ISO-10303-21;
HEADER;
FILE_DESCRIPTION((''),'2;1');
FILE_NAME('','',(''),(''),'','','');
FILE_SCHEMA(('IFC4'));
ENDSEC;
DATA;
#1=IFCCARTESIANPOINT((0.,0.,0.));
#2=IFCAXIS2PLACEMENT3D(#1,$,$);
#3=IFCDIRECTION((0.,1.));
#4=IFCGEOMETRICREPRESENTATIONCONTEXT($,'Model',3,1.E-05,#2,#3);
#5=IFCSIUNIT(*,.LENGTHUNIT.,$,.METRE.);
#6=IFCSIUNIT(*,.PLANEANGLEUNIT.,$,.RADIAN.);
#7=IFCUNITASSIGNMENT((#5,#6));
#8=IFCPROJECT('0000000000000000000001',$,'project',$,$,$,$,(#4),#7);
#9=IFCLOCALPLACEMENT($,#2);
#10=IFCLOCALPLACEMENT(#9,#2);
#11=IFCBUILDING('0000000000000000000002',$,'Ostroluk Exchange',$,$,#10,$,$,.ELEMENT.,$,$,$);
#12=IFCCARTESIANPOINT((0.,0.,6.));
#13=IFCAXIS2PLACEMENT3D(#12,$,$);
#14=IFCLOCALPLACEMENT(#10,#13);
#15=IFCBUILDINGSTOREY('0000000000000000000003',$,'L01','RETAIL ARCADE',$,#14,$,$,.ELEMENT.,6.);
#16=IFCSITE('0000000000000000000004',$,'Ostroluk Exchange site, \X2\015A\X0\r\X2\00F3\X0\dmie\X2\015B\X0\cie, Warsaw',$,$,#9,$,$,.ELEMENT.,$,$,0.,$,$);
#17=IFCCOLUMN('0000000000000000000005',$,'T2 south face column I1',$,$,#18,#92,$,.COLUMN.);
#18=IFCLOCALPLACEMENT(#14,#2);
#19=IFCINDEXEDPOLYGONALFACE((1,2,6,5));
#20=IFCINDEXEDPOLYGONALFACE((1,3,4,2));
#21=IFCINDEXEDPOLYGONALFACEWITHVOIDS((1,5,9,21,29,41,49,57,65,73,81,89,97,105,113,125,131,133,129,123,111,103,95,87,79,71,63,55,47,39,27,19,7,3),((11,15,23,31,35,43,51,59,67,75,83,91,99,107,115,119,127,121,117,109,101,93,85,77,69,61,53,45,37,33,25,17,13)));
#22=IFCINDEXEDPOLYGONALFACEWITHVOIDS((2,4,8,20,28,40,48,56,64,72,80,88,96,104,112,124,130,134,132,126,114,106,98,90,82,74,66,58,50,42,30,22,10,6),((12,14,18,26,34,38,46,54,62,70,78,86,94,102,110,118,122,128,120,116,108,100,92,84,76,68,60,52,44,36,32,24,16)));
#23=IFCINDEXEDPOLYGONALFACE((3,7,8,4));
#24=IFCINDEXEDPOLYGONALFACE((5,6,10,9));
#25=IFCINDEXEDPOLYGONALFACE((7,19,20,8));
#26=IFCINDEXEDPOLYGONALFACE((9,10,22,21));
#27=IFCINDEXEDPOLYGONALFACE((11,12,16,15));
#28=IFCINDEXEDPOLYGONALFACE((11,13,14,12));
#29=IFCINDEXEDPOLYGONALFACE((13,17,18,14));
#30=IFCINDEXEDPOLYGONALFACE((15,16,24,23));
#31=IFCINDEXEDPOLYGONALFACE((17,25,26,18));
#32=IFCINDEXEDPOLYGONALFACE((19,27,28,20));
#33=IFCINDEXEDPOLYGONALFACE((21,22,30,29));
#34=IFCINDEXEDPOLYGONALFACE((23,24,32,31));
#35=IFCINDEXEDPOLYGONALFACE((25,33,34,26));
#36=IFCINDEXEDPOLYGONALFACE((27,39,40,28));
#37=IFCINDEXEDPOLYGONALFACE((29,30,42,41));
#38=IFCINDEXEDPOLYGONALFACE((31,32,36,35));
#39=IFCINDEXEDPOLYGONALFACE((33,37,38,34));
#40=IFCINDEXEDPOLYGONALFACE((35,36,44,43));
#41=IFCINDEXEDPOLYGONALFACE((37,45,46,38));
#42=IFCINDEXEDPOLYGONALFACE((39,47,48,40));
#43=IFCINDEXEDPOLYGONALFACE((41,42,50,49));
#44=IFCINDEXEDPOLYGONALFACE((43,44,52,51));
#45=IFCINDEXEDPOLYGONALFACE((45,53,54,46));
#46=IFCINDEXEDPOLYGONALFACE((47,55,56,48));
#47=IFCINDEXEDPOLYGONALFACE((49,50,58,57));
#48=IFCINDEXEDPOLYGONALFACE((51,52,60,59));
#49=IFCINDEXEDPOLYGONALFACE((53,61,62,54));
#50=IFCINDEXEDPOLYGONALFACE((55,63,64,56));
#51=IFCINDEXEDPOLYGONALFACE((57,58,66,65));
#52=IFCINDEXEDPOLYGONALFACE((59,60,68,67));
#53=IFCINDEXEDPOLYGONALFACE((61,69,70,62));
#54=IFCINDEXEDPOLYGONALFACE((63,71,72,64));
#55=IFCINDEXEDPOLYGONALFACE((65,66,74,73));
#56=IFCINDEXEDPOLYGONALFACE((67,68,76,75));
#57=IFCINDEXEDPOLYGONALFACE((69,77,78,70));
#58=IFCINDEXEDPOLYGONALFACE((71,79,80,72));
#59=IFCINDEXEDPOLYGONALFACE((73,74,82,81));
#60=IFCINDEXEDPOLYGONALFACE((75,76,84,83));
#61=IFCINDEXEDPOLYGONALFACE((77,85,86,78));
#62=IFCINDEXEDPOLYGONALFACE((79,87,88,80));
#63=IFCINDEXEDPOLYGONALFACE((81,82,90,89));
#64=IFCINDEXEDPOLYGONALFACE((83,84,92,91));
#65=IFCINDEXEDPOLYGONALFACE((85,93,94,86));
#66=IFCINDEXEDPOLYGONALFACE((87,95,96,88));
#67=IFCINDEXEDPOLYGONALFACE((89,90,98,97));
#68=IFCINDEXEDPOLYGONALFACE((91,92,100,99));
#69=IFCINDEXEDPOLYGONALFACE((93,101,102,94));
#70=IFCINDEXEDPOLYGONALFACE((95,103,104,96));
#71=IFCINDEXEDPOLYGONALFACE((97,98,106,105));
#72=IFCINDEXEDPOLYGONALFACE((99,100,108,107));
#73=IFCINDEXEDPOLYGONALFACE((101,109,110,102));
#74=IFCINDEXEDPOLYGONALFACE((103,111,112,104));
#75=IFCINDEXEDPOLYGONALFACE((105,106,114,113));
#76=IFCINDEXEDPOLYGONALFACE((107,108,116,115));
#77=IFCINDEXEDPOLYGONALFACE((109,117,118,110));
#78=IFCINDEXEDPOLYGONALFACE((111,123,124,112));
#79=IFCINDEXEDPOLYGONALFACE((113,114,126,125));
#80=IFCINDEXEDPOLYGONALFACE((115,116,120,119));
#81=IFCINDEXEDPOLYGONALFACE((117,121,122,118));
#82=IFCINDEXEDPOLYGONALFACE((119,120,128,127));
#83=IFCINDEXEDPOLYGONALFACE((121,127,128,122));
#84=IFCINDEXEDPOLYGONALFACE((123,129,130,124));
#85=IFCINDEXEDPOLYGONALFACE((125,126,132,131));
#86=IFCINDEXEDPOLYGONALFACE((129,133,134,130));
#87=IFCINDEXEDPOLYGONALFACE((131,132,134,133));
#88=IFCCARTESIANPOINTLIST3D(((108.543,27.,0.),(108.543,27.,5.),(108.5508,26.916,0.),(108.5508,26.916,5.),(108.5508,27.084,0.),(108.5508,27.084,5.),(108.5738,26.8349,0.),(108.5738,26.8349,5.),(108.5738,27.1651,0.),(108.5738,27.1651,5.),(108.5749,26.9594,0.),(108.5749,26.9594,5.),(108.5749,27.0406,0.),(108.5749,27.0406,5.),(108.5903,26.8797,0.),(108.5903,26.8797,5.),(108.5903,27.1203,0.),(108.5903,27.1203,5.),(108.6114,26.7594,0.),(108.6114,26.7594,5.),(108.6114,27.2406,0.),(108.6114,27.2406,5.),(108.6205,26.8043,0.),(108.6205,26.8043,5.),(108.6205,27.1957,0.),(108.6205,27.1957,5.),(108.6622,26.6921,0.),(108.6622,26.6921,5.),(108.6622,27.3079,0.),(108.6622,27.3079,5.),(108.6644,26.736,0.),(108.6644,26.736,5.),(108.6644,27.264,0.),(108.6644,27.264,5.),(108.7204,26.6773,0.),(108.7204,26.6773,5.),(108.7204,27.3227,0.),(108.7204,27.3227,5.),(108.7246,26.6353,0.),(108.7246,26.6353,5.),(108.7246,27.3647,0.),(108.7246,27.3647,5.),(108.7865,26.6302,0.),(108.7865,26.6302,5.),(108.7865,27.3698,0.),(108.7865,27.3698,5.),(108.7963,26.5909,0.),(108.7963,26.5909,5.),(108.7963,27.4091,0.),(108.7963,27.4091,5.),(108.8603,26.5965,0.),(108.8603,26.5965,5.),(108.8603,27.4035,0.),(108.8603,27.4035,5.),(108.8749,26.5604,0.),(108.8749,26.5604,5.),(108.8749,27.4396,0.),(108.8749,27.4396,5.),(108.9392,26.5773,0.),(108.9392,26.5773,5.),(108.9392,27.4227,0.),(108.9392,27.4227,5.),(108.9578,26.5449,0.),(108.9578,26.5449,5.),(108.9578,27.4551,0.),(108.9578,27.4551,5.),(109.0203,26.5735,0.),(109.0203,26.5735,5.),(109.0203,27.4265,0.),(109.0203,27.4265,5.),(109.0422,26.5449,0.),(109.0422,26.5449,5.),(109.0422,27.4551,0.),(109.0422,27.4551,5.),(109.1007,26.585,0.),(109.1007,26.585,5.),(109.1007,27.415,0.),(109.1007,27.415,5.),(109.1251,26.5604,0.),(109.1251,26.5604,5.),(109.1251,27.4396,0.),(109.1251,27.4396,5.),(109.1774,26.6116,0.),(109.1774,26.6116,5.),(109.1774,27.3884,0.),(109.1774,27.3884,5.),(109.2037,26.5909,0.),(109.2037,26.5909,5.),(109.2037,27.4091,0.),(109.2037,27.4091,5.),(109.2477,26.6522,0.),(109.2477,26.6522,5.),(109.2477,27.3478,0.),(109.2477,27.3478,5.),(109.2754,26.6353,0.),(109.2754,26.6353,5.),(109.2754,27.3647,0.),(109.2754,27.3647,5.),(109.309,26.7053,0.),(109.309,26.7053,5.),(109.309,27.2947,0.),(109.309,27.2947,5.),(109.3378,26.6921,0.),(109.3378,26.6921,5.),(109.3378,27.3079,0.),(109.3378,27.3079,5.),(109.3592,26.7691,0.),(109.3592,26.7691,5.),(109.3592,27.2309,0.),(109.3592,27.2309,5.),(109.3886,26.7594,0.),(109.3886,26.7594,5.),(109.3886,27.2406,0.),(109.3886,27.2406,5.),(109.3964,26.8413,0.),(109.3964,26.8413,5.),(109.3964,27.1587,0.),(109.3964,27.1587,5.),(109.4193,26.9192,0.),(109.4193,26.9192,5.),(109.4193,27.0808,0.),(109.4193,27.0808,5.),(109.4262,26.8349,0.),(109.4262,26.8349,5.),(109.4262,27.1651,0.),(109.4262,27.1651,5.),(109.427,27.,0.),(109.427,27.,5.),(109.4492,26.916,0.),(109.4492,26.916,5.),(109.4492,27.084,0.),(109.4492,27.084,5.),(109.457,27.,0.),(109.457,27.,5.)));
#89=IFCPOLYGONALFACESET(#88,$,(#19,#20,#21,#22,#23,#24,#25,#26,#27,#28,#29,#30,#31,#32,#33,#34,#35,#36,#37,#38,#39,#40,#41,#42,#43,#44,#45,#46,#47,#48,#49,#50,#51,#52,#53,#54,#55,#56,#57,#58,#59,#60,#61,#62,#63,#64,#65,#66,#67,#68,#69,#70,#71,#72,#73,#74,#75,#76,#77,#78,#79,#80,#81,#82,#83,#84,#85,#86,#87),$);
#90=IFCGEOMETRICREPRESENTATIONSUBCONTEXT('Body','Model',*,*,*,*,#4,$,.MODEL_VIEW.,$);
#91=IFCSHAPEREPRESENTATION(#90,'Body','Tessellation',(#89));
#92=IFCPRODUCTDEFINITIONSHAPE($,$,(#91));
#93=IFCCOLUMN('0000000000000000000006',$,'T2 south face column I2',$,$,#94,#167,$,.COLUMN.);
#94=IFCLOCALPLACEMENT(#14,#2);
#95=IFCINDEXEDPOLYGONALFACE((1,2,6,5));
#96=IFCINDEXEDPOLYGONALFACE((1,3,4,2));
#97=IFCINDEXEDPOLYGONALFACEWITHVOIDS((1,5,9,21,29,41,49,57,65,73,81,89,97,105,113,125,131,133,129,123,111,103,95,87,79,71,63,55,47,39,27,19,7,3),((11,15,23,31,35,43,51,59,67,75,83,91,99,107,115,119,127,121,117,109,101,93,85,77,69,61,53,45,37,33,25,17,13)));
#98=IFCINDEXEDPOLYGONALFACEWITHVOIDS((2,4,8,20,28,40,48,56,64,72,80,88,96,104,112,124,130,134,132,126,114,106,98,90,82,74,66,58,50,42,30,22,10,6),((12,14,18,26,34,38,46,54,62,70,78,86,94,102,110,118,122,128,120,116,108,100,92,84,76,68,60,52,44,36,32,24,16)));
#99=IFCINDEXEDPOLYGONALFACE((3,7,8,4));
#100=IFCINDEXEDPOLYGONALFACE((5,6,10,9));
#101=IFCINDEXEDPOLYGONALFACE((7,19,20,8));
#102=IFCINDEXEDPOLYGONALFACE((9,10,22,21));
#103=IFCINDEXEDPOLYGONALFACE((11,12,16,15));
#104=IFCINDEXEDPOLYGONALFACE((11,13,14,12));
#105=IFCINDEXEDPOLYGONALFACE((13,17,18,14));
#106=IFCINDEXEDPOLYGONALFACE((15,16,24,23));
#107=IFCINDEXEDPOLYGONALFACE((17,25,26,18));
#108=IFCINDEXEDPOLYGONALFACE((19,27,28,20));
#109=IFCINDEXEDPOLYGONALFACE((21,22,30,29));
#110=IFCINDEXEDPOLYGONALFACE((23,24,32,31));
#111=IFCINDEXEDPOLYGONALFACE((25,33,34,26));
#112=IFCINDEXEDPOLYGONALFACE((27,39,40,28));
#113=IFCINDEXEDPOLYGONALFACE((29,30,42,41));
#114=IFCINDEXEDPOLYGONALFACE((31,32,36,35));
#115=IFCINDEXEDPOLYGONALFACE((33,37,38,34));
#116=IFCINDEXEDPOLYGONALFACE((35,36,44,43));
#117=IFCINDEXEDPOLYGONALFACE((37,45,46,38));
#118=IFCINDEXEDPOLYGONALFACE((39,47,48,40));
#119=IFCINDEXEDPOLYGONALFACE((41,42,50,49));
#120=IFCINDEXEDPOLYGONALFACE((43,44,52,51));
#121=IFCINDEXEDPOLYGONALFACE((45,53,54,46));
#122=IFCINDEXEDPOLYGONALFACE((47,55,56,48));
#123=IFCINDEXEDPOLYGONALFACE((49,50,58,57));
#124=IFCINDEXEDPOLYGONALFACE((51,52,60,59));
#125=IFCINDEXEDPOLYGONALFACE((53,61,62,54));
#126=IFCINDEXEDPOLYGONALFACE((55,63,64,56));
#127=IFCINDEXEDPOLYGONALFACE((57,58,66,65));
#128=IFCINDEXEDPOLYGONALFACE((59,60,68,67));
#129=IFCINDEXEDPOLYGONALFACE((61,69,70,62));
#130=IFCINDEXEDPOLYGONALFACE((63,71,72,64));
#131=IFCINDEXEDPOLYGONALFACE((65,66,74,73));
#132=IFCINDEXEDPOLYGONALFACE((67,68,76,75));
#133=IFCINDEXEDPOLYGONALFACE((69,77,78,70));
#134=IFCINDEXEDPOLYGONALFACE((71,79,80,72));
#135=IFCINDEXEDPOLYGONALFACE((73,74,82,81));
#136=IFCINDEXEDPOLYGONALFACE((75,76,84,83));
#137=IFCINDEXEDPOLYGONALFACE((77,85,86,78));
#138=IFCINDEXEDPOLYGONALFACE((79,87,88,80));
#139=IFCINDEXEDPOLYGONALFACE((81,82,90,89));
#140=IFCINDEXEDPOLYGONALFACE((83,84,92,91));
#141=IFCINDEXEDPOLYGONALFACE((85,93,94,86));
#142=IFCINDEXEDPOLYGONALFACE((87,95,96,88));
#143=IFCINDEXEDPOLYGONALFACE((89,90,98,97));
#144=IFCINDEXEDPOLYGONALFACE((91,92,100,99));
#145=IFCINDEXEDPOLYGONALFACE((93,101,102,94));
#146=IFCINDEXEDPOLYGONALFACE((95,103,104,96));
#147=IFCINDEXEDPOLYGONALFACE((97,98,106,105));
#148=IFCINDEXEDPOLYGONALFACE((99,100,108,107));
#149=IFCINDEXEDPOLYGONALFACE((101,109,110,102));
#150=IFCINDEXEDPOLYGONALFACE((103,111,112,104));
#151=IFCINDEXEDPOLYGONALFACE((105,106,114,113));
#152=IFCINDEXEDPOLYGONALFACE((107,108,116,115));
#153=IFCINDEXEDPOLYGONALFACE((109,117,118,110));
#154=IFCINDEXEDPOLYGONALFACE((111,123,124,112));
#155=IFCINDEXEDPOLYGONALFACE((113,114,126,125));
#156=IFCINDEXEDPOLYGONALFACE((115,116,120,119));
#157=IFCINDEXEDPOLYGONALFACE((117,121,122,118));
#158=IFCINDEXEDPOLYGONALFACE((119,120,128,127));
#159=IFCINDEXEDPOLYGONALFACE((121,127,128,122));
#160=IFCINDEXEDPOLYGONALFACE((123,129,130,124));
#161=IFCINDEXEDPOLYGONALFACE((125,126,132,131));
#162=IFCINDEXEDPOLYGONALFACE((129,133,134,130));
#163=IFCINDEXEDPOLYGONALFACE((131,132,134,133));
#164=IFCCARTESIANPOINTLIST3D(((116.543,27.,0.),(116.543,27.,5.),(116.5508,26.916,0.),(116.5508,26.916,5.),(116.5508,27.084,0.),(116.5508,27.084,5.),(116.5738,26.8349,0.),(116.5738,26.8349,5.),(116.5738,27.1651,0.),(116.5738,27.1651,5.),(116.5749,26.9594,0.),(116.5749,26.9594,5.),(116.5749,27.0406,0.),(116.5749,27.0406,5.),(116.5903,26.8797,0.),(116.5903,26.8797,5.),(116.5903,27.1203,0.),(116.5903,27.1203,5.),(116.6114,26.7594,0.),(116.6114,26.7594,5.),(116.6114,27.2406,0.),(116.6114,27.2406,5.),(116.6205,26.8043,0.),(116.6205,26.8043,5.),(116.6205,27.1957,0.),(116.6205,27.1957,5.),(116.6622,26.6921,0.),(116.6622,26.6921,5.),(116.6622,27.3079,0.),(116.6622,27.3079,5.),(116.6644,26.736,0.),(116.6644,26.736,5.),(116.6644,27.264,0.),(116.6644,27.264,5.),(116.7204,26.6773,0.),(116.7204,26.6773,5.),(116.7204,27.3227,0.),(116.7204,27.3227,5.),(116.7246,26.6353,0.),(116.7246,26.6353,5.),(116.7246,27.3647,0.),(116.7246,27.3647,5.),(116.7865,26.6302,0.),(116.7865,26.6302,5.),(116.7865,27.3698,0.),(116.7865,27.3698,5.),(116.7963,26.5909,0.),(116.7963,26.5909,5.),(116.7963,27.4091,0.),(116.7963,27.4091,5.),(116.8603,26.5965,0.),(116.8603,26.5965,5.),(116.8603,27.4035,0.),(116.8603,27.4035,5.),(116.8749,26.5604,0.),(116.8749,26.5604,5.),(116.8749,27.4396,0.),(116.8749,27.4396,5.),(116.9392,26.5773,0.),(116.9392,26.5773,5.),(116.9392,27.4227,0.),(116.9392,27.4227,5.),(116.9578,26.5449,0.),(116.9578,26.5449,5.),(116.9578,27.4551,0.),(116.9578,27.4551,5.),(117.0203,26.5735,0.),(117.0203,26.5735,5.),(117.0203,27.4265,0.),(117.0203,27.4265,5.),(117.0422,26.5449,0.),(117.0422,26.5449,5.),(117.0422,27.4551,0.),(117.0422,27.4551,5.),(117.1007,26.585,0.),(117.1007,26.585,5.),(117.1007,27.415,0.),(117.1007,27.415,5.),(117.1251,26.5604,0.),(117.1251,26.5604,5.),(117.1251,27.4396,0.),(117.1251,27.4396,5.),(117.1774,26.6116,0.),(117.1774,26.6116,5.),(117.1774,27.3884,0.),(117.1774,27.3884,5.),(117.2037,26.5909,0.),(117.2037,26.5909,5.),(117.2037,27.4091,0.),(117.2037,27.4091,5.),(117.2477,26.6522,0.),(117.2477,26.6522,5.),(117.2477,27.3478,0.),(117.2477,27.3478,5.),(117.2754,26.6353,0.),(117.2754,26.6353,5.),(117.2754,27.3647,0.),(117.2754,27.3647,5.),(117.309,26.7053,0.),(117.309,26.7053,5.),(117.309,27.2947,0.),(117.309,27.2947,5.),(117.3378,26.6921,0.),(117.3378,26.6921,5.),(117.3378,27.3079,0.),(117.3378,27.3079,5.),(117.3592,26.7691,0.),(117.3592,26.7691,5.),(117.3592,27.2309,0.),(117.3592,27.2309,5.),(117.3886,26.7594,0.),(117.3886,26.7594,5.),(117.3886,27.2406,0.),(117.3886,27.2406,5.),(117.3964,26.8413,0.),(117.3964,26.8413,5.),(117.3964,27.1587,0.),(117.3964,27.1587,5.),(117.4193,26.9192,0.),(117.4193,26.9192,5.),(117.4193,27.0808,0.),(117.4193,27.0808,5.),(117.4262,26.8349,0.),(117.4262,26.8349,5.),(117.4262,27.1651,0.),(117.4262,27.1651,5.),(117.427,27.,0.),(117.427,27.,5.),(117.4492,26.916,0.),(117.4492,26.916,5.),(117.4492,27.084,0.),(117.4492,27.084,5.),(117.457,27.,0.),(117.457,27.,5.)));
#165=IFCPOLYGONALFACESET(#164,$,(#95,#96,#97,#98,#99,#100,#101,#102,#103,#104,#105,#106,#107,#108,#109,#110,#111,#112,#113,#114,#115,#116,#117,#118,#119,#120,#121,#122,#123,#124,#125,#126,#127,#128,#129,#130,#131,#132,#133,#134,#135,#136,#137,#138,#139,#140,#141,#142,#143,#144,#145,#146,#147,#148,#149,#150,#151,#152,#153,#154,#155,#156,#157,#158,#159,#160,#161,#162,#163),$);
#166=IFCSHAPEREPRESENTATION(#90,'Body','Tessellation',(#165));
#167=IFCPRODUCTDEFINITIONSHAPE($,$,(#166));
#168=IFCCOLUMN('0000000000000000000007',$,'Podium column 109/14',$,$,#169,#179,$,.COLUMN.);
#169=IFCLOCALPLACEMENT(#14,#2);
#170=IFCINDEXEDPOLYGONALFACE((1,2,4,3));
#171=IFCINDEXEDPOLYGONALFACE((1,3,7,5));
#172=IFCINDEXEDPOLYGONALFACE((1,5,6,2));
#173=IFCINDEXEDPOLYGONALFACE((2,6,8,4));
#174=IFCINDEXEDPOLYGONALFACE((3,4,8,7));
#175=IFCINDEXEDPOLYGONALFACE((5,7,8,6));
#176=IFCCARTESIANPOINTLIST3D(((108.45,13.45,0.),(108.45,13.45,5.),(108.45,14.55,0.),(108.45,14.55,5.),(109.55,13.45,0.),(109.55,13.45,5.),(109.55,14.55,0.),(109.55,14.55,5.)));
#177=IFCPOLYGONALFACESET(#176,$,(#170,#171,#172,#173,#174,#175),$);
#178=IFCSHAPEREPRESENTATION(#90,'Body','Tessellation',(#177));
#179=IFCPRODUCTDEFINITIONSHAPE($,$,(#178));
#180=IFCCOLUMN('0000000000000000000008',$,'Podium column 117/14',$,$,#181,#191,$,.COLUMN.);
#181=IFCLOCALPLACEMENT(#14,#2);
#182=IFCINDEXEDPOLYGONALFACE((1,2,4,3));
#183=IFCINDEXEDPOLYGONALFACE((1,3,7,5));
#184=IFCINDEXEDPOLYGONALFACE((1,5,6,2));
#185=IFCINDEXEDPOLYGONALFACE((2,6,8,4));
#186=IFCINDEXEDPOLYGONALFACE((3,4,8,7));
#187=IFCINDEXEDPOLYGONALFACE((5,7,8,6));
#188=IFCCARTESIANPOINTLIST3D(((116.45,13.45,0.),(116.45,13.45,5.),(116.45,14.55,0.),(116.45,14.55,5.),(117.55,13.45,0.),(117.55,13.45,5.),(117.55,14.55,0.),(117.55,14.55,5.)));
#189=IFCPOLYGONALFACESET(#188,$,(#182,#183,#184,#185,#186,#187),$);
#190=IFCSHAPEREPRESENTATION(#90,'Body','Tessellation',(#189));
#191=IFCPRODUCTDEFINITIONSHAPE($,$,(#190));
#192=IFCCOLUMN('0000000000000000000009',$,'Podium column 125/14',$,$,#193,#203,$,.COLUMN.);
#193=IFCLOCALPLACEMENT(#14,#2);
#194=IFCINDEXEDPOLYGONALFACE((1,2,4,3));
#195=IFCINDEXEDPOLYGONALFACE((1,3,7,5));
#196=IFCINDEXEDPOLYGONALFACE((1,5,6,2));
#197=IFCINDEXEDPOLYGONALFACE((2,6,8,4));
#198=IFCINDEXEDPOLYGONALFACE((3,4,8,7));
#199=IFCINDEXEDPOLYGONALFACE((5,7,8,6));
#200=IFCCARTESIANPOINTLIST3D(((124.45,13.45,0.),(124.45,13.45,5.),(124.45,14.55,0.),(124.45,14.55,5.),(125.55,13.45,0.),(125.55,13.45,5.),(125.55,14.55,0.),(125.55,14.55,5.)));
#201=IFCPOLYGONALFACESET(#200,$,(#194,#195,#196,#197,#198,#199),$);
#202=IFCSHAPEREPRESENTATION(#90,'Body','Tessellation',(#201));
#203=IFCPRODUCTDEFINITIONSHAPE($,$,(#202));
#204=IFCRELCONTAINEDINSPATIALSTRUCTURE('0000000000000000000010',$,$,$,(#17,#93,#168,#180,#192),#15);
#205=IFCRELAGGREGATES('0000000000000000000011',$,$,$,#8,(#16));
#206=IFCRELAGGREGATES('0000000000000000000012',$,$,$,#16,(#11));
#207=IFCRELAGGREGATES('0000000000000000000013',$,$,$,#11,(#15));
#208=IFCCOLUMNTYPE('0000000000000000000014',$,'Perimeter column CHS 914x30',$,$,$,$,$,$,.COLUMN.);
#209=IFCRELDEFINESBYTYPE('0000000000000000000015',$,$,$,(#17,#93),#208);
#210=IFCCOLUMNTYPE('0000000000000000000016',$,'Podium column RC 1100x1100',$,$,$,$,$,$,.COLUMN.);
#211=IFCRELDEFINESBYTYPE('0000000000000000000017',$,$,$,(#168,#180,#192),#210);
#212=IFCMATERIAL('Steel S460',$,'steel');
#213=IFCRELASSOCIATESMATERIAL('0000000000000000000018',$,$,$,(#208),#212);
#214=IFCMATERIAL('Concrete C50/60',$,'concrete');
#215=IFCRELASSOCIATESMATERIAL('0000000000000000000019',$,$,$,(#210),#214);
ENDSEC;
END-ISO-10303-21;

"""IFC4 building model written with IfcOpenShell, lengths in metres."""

from ifc_helpers import new_model, si_unit, direction, frame, origin, origin_2d, place, context, subcontext, project, spatial, rectangle, hollow_circle, extrude, material, material_profile, profile_set, type_object, element, save


model = new_model("IFC4")

# Units and contexts
model_context = context("Model", 3, precision=1e-05, world=origin(), true_north=direction((0.0, 1.0)))
body_context = subcontext(model_context, "Body", "Model", "MODEL_VIEW")
ifc_project = project(units=[si_unit("LENGTHUNIT", "METRE"), si_unit("PLANEANGLEUNIT", "RADIAN")], contexts=[model_context])

# Site, building, storey
site_placement = place(None, origin())
site = spatial("IfcSite", under=ifc_project, at=site_placement, Name="Ostroluk Exchange site, Śródmieście, Warsaw", CompositionType="ELEMENT", RefElevation=0.0)
building_placement = place(site_placement, origin())
building = spatial("IfcBuilding", under=site, at=building_placement, Name="Ostroluk Exchange", CompositionType="ELEMENT")
storey_placement = place(building_placement, frame((0.0, 0.0, 6.0)))
storey = spatial("IfcBuildingStorey", under=building, at=storey_placement, Name="L01", Description="RETAIL ARCADE", CompositionType="ELEMENT", Elevation=6.0)

# Columns
ifc_material_1 = material(Name="Steel S460", Category="steel")
ifc_material_profile_1 = material_profile(ifc_material_1, hollow_circle(Radius=0.457, WallThickness=0.03, at=origin_2d()), Name="CHS 914x30")
ifc_profile_set_1 = profile_set([ifc_material_profile_1], Name="Steel S460")
column_type_1 = type_object("IfcColumnType", Name="Perimeter column CHS 914x30", PredefinedType="COLUMN", material=ifc_profile_set_1)
for number, where, z_axis, x_axis, name in (
    (1, (109.0, 27.0, 0.0), (0.0, 0.0, 1.0), (1.0, 0.0, 0.0), "T2 south face column I1"),
    (2, (117.0, 27.0, 0.0), (0.0, 0.0, 1.0), (1.0, 0.0, 0.0), "T2 south face column I2"),
):
    element("IfcColumn", number, at=place(storey_placement, frame(where, z_axis=z_axis, x_axis=x_axis)), inside=storey, type_object=column_type_1, Name=name, PredefinedType="COLUMN", context=body_context, shape_type="SweptSolid", body=[
        extrude(hollow_circle(Radius=0.457, WallThickness=0.03, at=origin_2d()), origin(), (0.0, 0.0, 1.0), 5.0),
    ])
ifc_material_2 = material(Name="Concrete C50/60", Category="concrete")
ifc_material_profile_2 = material_profile(ifc_material_2, rectangle(XDim=1.1001, YDim=1.1001, at=origin_2d()), Name="RC 1100x1100")
ifc_profile_set_2 = profile_set([ifc_material_profile_2], Name="Concrete C50/60")
column_type_2 = type_object("IfcColumnType", Name="Podium column RC 1100x1100", PredefinedType="COLUMN", material=ifc_profile_set_2)
for number, where, z_axis, x_axis, name in (
    (3, (109.0, 14.0, 0.0), (0.0, 0.0, 1.0), (1.0, 0.0, 0.0), "Podium column 109/14"),
    (4, (117.0, 14.0, 0.0), (0.0, 0.0, 1.0), (1.0, 0.0, 0.0), "Podium column 117/14"),
    (5, (125.0, 14.0, 0.0), (0.0, 0.0, 1.0), (1.0, 0.0, 0.0), "Podium column 125/14"),
):
    element("IfcColumn", number, at=place(storey_placement, frame(where, z_axis=z_axis, x_axis=x_axis)), inside=storey, type_object=column_type_2, Name=name, PredefinedType="COLUMN", context=body_context, shape_type="SweptSolid", body=[
        extrude(rectangle(XDim=1.1001, YDim=1.1001, at=origin_2d()), origin(), (0.0, 0.0, 1.0), 5.0),
    ])

save(model, "model.ifc")
